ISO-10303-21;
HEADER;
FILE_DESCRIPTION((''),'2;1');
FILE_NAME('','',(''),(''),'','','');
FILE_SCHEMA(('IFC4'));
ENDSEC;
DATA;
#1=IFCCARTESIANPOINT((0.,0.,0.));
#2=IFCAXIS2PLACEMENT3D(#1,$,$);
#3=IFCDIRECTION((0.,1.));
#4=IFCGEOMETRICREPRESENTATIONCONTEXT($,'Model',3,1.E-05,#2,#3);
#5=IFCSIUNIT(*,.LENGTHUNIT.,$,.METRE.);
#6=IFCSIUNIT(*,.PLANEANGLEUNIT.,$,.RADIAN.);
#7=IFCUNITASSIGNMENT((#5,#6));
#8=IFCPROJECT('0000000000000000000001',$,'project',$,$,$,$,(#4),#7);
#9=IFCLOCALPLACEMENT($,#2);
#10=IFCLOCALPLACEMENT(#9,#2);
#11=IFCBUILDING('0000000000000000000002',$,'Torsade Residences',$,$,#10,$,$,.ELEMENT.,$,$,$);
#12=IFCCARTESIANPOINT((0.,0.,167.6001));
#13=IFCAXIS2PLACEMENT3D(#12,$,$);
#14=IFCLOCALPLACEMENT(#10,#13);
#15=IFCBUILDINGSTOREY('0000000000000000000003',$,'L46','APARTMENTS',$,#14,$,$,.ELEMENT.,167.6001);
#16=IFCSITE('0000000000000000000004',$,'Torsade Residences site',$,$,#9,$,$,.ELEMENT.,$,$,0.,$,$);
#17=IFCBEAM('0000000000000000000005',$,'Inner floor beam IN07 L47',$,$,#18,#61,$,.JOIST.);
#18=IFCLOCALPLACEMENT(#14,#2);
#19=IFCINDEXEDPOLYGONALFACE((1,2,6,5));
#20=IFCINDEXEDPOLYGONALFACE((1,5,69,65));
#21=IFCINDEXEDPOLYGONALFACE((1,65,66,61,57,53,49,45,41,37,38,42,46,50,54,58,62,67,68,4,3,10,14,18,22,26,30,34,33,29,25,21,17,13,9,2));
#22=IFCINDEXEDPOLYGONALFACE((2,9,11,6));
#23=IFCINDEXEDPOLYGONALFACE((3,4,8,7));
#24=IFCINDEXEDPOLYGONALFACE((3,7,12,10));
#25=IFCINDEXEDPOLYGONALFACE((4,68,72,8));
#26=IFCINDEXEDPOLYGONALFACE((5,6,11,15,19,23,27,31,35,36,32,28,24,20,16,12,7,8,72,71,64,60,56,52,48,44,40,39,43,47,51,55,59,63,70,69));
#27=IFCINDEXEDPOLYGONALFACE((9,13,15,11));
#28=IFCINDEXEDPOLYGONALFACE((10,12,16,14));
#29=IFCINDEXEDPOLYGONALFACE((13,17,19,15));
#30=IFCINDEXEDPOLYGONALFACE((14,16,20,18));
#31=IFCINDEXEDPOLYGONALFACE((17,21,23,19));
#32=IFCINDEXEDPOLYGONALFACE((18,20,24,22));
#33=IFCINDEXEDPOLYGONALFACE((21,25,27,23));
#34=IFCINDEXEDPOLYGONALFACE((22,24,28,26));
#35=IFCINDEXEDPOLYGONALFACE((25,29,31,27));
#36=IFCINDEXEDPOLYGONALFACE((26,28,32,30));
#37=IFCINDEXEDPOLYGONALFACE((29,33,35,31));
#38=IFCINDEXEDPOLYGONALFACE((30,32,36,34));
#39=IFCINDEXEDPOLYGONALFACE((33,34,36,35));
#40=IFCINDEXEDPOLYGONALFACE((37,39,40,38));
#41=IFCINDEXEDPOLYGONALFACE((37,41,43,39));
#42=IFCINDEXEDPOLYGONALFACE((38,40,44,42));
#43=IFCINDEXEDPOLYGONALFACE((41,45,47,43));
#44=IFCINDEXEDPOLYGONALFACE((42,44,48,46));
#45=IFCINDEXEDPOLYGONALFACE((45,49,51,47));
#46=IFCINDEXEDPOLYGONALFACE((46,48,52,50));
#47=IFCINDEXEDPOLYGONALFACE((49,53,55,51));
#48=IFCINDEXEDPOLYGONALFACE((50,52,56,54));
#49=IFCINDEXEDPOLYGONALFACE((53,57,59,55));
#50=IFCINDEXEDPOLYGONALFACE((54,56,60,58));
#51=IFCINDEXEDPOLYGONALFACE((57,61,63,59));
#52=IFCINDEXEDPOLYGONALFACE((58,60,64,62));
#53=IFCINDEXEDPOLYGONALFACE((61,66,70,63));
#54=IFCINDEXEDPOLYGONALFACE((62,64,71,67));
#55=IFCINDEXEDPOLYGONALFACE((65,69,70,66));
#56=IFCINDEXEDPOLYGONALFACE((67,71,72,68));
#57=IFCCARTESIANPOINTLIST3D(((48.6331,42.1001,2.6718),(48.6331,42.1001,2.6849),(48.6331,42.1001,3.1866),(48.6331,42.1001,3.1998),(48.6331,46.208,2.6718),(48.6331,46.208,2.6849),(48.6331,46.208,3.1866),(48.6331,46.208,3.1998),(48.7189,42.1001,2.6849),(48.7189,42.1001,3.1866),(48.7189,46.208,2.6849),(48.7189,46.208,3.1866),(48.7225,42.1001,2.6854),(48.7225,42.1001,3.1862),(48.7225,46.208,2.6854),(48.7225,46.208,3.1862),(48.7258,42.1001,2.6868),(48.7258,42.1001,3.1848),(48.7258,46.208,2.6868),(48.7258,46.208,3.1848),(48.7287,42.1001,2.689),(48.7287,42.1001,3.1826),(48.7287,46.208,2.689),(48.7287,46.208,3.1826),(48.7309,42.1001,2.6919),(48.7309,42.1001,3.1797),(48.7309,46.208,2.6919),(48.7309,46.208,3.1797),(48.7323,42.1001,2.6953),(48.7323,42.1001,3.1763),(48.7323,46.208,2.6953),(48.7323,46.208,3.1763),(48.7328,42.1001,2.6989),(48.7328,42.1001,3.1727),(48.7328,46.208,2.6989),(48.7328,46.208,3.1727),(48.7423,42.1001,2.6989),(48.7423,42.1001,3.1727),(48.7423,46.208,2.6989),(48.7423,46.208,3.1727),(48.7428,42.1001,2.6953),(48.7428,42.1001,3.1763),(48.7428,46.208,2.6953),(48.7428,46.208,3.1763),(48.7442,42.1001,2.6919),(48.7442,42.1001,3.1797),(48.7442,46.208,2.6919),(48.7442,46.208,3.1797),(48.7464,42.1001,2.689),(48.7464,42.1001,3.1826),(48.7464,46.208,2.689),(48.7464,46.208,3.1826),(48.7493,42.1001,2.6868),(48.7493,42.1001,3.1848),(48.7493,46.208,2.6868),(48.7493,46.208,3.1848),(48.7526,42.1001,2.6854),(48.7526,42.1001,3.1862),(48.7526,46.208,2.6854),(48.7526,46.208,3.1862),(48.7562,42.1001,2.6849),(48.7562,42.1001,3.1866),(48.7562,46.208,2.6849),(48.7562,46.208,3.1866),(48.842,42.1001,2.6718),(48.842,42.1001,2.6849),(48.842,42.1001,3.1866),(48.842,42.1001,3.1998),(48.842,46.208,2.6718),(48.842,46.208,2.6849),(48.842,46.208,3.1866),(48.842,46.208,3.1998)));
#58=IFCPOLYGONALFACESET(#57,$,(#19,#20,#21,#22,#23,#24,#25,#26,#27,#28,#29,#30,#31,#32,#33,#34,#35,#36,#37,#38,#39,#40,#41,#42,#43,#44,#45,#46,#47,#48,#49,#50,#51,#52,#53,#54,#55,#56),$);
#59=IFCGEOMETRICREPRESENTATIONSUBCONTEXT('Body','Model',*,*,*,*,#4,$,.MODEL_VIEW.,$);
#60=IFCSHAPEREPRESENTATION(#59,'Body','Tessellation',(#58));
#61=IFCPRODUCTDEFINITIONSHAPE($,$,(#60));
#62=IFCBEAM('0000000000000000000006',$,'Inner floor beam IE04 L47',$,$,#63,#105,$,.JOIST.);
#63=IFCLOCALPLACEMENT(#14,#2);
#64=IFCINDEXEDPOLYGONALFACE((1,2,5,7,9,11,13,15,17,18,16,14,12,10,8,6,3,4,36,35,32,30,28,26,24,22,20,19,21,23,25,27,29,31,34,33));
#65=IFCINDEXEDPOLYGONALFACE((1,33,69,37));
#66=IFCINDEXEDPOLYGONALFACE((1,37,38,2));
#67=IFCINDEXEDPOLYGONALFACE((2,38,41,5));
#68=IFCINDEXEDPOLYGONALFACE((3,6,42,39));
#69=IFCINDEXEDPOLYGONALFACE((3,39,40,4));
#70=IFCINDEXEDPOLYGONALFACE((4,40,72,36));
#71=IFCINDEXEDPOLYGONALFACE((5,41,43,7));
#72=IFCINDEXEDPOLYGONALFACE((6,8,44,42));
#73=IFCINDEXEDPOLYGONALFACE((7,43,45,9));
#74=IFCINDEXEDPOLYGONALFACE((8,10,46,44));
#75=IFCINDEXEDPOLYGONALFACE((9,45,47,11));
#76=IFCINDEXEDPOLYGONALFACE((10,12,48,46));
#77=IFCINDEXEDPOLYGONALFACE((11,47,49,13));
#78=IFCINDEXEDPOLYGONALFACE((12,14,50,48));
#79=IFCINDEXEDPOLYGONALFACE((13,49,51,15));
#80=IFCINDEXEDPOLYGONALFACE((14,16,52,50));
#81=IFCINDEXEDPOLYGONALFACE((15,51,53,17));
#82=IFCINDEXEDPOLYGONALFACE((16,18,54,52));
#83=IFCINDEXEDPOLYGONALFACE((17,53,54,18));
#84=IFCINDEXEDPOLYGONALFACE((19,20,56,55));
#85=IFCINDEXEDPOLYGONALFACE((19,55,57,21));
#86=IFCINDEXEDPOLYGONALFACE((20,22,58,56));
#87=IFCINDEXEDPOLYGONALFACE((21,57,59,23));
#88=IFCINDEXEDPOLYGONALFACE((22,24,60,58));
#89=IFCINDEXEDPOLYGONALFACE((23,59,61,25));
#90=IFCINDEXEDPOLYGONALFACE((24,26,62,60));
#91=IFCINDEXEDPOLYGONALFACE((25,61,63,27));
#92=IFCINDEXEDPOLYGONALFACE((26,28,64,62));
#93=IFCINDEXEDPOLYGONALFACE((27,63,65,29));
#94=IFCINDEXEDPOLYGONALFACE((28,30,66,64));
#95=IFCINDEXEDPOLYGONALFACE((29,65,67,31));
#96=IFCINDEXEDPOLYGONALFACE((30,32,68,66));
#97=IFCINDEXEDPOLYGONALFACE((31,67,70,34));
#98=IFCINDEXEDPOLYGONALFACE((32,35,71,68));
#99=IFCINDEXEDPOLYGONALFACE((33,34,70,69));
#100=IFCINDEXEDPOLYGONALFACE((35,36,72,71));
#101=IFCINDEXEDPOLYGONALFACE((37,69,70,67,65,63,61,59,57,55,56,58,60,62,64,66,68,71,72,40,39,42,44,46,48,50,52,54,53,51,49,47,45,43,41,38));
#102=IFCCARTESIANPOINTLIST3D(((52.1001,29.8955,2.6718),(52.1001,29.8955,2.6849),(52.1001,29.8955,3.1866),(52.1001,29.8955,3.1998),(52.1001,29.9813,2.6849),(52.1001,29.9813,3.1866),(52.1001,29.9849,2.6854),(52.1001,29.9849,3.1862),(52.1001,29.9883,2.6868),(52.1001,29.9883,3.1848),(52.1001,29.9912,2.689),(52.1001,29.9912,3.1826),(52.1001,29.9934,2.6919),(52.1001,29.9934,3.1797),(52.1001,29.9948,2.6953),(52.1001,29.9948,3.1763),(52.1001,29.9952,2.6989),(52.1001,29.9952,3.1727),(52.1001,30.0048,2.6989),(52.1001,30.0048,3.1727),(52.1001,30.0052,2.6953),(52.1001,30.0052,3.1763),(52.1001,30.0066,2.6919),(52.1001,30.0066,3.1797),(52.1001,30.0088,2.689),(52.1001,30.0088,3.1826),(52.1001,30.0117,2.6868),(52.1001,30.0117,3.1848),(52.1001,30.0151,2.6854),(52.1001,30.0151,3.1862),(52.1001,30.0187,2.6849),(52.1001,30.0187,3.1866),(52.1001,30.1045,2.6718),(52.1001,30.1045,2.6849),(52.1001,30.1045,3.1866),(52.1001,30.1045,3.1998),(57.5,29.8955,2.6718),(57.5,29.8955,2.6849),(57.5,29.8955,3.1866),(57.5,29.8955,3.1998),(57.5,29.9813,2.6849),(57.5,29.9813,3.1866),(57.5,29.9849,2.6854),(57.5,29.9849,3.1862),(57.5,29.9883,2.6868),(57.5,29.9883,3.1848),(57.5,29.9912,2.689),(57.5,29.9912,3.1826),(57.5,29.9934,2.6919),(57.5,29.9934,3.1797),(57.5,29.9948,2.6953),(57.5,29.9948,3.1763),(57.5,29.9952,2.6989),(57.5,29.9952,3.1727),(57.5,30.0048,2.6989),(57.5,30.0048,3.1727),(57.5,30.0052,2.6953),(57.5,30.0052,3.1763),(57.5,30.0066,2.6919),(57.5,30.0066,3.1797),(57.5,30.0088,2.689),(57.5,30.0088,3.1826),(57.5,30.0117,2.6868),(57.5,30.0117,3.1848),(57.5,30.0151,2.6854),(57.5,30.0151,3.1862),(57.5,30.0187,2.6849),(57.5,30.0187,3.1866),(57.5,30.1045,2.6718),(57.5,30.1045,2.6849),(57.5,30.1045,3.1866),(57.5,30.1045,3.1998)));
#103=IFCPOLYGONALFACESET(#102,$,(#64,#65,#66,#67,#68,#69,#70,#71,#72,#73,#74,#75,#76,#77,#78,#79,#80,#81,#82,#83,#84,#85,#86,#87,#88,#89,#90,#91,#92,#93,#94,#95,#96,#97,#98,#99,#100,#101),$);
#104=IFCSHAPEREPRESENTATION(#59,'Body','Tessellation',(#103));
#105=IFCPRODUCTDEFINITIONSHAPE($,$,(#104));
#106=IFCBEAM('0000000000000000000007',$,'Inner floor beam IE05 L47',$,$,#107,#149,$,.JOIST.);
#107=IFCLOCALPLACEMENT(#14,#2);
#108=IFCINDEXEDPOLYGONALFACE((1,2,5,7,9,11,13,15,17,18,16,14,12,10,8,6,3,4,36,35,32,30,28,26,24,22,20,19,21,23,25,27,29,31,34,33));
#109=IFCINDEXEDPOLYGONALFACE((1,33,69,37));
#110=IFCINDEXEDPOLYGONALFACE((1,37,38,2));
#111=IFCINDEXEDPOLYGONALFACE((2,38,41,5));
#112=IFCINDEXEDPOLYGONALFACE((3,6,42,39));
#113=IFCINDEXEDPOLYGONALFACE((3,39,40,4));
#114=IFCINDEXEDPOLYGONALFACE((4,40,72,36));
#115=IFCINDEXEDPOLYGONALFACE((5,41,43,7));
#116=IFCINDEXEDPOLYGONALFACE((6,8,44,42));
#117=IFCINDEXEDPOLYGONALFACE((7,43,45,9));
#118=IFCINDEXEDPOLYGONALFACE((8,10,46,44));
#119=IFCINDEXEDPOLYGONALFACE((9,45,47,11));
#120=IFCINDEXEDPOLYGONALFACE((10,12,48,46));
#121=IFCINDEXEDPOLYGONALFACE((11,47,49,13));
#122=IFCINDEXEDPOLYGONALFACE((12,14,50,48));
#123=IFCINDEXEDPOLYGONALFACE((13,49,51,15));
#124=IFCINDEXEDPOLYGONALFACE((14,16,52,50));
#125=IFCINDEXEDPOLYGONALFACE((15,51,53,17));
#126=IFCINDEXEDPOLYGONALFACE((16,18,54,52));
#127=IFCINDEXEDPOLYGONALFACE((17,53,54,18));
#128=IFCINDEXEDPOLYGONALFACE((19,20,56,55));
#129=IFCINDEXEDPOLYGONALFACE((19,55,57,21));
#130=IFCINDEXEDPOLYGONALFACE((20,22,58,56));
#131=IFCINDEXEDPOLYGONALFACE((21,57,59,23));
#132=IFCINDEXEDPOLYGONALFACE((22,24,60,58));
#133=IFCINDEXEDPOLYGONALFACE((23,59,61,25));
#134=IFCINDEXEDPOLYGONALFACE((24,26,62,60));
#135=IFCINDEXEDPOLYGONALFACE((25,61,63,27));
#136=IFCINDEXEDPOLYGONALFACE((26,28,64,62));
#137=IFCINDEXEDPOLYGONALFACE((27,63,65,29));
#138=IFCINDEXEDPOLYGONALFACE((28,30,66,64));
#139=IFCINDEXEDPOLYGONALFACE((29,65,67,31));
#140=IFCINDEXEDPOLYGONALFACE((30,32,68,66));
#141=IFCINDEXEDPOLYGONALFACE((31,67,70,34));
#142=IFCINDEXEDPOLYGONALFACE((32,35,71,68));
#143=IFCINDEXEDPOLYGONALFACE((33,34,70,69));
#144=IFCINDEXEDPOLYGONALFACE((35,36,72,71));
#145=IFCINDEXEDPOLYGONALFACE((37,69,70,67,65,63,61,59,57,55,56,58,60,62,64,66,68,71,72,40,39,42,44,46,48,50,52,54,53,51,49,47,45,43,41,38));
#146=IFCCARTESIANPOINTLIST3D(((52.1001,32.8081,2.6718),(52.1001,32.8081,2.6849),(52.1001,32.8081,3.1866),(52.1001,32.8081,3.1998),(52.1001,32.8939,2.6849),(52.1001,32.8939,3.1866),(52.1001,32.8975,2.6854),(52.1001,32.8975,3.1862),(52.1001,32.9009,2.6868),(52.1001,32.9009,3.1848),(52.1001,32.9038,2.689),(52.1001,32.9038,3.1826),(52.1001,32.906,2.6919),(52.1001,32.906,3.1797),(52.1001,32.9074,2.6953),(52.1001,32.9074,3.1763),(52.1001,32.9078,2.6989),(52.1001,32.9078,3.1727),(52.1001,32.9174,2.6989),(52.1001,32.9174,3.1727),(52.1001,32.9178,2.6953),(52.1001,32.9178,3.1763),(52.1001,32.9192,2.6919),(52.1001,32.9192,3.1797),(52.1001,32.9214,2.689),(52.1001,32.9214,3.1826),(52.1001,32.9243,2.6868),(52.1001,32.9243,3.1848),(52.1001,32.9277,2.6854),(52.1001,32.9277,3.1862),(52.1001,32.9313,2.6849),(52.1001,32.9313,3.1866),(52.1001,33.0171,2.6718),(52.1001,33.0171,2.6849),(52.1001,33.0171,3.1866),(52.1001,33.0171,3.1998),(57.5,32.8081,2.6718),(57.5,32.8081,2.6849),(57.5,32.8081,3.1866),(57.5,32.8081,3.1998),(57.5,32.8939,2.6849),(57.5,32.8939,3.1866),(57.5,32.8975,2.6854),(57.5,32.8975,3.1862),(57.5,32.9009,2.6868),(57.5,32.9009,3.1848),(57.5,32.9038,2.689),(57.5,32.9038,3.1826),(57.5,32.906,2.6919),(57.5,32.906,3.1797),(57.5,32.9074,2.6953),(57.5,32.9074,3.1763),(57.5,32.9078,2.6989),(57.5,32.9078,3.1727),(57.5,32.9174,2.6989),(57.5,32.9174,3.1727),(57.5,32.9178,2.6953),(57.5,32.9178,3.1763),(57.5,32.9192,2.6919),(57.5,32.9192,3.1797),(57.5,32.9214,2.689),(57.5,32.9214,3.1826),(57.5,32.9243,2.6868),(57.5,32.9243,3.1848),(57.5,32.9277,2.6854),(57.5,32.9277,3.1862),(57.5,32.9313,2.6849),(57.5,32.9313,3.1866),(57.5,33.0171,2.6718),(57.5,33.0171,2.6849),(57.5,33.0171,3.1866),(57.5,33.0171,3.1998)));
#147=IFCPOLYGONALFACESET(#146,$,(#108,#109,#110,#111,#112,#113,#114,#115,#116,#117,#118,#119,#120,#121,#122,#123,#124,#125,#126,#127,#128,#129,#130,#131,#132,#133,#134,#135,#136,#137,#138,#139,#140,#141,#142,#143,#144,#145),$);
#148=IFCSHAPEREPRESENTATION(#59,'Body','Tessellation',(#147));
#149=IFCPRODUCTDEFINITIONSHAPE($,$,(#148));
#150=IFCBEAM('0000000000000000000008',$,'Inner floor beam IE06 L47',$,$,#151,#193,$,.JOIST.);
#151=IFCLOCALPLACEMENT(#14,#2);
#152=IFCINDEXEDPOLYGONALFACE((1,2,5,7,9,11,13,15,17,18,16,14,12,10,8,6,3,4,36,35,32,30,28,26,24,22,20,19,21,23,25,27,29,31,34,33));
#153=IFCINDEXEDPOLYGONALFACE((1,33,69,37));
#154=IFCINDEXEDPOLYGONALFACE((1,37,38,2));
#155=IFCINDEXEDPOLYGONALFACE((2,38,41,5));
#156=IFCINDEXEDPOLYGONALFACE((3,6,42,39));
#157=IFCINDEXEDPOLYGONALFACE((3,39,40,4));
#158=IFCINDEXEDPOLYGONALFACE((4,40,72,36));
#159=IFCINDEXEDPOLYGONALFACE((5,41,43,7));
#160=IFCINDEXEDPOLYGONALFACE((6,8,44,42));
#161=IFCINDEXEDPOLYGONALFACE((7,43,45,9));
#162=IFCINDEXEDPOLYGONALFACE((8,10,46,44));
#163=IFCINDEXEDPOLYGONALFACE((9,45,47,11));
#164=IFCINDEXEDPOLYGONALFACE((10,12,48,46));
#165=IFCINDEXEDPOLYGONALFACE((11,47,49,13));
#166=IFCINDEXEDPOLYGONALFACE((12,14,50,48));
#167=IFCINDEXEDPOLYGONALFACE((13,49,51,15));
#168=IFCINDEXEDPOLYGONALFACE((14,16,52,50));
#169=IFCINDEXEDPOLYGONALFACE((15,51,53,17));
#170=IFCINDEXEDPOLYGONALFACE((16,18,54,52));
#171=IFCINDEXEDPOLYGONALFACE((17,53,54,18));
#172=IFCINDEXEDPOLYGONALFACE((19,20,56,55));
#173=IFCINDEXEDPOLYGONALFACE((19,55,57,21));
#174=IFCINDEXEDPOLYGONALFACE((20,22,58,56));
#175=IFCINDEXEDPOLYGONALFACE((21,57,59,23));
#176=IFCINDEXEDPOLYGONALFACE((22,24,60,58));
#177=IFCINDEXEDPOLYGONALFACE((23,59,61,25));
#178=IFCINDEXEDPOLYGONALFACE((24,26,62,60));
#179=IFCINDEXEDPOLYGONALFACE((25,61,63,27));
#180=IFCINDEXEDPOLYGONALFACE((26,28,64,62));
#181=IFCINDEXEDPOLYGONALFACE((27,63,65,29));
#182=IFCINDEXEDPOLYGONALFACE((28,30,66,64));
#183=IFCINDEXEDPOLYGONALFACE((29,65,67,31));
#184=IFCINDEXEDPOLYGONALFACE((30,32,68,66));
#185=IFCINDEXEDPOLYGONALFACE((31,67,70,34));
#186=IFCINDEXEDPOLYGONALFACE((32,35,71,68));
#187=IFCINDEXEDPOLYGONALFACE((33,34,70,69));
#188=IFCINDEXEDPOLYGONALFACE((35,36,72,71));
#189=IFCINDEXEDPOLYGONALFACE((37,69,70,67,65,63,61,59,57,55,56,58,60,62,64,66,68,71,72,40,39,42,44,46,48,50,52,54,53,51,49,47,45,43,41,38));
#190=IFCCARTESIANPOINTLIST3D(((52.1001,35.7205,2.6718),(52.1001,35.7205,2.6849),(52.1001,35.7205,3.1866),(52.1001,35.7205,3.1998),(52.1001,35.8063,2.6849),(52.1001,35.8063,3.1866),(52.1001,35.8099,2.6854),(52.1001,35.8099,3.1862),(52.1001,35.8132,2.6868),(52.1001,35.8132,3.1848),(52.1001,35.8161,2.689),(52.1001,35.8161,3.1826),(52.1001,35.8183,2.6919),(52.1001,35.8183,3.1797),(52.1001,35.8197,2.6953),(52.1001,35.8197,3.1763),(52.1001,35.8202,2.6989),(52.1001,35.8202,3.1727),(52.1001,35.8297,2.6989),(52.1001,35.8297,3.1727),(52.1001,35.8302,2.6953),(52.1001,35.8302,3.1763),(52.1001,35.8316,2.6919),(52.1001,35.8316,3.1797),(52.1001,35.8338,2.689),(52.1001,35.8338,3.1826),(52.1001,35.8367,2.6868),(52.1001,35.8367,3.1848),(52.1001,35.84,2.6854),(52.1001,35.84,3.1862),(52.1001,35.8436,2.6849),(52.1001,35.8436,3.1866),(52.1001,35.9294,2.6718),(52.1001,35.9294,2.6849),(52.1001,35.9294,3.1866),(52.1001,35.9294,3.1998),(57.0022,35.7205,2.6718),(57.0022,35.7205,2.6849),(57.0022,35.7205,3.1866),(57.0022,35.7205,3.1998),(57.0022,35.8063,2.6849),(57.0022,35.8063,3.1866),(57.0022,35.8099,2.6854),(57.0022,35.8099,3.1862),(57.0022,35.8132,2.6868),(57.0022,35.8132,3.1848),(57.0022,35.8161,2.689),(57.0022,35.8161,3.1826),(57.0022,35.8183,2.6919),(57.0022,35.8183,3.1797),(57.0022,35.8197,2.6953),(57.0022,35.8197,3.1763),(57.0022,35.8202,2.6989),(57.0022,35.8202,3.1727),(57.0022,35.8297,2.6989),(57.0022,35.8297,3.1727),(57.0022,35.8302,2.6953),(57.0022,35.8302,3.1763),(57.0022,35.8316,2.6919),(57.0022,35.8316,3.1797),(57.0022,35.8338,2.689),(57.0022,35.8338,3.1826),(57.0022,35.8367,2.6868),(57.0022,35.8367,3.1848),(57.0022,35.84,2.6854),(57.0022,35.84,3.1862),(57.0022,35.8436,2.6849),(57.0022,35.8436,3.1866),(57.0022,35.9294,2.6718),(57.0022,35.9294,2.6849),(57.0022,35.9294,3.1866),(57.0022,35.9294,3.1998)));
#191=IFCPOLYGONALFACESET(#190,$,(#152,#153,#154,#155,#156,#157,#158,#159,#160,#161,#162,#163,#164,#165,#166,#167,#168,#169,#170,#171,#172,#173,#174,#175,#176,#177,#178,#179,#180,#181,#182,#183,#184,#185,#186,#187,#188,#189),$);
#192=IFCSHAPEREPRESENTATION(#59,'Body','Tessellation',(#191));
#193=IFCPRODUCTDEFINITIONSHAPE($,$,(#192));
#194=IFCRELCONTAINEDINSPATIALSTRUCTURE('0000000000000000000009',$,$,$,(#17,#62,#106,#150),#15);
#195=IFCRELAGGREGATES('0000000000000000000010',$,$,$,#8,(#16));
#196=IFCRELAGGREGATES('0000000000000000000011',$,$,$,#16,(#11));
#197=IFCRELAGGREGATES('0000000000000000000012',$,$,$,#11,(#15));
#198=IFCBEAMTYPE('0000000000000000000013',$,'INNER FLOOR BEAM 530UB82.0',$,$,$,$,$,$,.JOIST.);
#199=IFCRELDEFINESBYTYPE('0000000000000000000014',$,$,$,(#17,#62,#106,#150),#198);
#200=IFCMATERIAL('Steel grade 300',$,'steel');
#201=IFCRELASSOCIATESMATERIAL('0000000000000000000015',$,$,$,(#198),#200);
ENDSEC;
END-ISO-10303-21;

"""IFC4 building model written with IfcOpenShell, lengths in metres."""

from ifc_helpers import new_model, si_unit, direction, frame, origin, origin_2d, place, context, subcontext, project, spatial, i_section, extrude, material, material_profile, profile_set, type_object, element, save


model = new_model("IFC4")

# Units and contexts
model_context = context("Model", 3, precision=1e-05, world=origin(), true_north=direction((0.0, 1.0)))
body_context = subcontext(model_context, "Body", "Model", "MODEL_VIEW")
ifc_project = project(units=[si_unit("LENGTHUNIT", "METRE"), si_unit("PLANEANGLEUNIT", "RADIAN")], contexts=[model_context])

# Site, building, storey
site_placement = place(None, origin())
site = spatial("IfcSite", under=ifc_project, at=site_placement, Name="Torsade Residences site", CompositionType="ELEMENT", RefElevation=0.0)
building_placement = place(site_placement, origin())
building = spatial("IfcBuilding", under=site, at=building_placement, Name="Torsade Residences", CompositionType="ELEMENT")
storey_placement = place(building_placement, frame((0.0, 0.0, 167.6001)))
storey = spatial("IfcBuildingStorey", under=building, at=storey_placement, Name="L46", Description="APARTMENTS", CompositionType="ELEMENT", Elevation=167.6001)

# Beams
ifc_material_1 = material(Name="Steel grade 300", Category="steel")
ifc_material_profile_1 = material_profile(ifc_material_1, i_section(OverallWidth=0.209, OverallDepth=0.5281, WebThickness=0.0095, FlangeThickness=0.0132, FilletRadius=0.0139, at=origin_2d()), Name="530UB82.0")
ifc_profile_set_1 = profile_set([ifc_material_profile_1], Name="Steel grade 300")
beam_type_1 = type_object("IfcBeamType", Name="INNER FLOOR BEAM 530UB82.0", PredefinedType="JOIST", material=ifc_profile_set_1)
beam_1_placement = place(storey_placement, frame((48.7375, 42.1001, 2.9358), z_axis=(0.0, 1.0, 0.0), x_axis=(-1.0, 0.0, 0.0)))
element("IfcBeam", 1, at=beam_1_placement, inside=storey, type_object=beam_type_1, Name="Inner floor beam IN07 L47", PredefinedType="JOIST", context=body_context, shape_type="SweptSolid", body=[
    extrude(i_section(OverallWidth=0.209, OverallDepth=0.5281, WebThickness=0.0095, FlangeThickness=0.0132, FilletRadius=0.0139, at=origin_2d()), origin(), (0.0, 0.0, 1.0), 4.1079),
])
for number, where, z_axis, x_axis, name in (
    (2, (52.1001, 30.0, 2.9358), (1.0, 0.0, 0.0), (0.0, 1.0, 0.0), "Inner floor beam IE04 L47"),
    (3, (52.1001, 32.9126, 2.9358), (1.0, 0.0, 0.0), (0.0, 1.0, 0.0), "Inner floor beam IE05 L47"),
):
    element("IfcBeam", number, at=place(storey_placement, frame(where, z_axis=z_axis, x_axis=x_axis)), inside=storey, type_object=beam_type_1, Name=name, PredefinedType="JOIST", context=body_context, shape_type="SweptSolid", body=[
        extrude(i_section(OverallWidth=0.209, OverallDepth=0.5281, WebThickness=0.0095, FlangeThickness=0.0132, FilletRadius=0.0139, at=origin_2d()), origin(), (0.0, 0.0, 1.0), 5.3999),
    ])
beam_2_placement = place(storey_placement, frame((52.1001, 35.825, 2.9358), z_axis=(1.0, 0.0, 0.0), x_axis=(0.0, 1.0, 0.0)))
element("IfcBeam", 4, at=beam_2_placement, inside=storey, type_object=beam_type_1, Name="Inner floor beam IE06 L47", PredefinedType="JOIST", context=body_context, shape_type="SweptSolid", body=[
    extrude(i_section(OverallWidth=0.209, OverallDepth=0.5281, WebThickness=0.0095, FlangeThickness=0.0132, FilletRadius=0.0139, at=origin_2d()), origin(), (0.0, 0.0, 1.0), 4.9021),
])

save(model, "model.ifc")
